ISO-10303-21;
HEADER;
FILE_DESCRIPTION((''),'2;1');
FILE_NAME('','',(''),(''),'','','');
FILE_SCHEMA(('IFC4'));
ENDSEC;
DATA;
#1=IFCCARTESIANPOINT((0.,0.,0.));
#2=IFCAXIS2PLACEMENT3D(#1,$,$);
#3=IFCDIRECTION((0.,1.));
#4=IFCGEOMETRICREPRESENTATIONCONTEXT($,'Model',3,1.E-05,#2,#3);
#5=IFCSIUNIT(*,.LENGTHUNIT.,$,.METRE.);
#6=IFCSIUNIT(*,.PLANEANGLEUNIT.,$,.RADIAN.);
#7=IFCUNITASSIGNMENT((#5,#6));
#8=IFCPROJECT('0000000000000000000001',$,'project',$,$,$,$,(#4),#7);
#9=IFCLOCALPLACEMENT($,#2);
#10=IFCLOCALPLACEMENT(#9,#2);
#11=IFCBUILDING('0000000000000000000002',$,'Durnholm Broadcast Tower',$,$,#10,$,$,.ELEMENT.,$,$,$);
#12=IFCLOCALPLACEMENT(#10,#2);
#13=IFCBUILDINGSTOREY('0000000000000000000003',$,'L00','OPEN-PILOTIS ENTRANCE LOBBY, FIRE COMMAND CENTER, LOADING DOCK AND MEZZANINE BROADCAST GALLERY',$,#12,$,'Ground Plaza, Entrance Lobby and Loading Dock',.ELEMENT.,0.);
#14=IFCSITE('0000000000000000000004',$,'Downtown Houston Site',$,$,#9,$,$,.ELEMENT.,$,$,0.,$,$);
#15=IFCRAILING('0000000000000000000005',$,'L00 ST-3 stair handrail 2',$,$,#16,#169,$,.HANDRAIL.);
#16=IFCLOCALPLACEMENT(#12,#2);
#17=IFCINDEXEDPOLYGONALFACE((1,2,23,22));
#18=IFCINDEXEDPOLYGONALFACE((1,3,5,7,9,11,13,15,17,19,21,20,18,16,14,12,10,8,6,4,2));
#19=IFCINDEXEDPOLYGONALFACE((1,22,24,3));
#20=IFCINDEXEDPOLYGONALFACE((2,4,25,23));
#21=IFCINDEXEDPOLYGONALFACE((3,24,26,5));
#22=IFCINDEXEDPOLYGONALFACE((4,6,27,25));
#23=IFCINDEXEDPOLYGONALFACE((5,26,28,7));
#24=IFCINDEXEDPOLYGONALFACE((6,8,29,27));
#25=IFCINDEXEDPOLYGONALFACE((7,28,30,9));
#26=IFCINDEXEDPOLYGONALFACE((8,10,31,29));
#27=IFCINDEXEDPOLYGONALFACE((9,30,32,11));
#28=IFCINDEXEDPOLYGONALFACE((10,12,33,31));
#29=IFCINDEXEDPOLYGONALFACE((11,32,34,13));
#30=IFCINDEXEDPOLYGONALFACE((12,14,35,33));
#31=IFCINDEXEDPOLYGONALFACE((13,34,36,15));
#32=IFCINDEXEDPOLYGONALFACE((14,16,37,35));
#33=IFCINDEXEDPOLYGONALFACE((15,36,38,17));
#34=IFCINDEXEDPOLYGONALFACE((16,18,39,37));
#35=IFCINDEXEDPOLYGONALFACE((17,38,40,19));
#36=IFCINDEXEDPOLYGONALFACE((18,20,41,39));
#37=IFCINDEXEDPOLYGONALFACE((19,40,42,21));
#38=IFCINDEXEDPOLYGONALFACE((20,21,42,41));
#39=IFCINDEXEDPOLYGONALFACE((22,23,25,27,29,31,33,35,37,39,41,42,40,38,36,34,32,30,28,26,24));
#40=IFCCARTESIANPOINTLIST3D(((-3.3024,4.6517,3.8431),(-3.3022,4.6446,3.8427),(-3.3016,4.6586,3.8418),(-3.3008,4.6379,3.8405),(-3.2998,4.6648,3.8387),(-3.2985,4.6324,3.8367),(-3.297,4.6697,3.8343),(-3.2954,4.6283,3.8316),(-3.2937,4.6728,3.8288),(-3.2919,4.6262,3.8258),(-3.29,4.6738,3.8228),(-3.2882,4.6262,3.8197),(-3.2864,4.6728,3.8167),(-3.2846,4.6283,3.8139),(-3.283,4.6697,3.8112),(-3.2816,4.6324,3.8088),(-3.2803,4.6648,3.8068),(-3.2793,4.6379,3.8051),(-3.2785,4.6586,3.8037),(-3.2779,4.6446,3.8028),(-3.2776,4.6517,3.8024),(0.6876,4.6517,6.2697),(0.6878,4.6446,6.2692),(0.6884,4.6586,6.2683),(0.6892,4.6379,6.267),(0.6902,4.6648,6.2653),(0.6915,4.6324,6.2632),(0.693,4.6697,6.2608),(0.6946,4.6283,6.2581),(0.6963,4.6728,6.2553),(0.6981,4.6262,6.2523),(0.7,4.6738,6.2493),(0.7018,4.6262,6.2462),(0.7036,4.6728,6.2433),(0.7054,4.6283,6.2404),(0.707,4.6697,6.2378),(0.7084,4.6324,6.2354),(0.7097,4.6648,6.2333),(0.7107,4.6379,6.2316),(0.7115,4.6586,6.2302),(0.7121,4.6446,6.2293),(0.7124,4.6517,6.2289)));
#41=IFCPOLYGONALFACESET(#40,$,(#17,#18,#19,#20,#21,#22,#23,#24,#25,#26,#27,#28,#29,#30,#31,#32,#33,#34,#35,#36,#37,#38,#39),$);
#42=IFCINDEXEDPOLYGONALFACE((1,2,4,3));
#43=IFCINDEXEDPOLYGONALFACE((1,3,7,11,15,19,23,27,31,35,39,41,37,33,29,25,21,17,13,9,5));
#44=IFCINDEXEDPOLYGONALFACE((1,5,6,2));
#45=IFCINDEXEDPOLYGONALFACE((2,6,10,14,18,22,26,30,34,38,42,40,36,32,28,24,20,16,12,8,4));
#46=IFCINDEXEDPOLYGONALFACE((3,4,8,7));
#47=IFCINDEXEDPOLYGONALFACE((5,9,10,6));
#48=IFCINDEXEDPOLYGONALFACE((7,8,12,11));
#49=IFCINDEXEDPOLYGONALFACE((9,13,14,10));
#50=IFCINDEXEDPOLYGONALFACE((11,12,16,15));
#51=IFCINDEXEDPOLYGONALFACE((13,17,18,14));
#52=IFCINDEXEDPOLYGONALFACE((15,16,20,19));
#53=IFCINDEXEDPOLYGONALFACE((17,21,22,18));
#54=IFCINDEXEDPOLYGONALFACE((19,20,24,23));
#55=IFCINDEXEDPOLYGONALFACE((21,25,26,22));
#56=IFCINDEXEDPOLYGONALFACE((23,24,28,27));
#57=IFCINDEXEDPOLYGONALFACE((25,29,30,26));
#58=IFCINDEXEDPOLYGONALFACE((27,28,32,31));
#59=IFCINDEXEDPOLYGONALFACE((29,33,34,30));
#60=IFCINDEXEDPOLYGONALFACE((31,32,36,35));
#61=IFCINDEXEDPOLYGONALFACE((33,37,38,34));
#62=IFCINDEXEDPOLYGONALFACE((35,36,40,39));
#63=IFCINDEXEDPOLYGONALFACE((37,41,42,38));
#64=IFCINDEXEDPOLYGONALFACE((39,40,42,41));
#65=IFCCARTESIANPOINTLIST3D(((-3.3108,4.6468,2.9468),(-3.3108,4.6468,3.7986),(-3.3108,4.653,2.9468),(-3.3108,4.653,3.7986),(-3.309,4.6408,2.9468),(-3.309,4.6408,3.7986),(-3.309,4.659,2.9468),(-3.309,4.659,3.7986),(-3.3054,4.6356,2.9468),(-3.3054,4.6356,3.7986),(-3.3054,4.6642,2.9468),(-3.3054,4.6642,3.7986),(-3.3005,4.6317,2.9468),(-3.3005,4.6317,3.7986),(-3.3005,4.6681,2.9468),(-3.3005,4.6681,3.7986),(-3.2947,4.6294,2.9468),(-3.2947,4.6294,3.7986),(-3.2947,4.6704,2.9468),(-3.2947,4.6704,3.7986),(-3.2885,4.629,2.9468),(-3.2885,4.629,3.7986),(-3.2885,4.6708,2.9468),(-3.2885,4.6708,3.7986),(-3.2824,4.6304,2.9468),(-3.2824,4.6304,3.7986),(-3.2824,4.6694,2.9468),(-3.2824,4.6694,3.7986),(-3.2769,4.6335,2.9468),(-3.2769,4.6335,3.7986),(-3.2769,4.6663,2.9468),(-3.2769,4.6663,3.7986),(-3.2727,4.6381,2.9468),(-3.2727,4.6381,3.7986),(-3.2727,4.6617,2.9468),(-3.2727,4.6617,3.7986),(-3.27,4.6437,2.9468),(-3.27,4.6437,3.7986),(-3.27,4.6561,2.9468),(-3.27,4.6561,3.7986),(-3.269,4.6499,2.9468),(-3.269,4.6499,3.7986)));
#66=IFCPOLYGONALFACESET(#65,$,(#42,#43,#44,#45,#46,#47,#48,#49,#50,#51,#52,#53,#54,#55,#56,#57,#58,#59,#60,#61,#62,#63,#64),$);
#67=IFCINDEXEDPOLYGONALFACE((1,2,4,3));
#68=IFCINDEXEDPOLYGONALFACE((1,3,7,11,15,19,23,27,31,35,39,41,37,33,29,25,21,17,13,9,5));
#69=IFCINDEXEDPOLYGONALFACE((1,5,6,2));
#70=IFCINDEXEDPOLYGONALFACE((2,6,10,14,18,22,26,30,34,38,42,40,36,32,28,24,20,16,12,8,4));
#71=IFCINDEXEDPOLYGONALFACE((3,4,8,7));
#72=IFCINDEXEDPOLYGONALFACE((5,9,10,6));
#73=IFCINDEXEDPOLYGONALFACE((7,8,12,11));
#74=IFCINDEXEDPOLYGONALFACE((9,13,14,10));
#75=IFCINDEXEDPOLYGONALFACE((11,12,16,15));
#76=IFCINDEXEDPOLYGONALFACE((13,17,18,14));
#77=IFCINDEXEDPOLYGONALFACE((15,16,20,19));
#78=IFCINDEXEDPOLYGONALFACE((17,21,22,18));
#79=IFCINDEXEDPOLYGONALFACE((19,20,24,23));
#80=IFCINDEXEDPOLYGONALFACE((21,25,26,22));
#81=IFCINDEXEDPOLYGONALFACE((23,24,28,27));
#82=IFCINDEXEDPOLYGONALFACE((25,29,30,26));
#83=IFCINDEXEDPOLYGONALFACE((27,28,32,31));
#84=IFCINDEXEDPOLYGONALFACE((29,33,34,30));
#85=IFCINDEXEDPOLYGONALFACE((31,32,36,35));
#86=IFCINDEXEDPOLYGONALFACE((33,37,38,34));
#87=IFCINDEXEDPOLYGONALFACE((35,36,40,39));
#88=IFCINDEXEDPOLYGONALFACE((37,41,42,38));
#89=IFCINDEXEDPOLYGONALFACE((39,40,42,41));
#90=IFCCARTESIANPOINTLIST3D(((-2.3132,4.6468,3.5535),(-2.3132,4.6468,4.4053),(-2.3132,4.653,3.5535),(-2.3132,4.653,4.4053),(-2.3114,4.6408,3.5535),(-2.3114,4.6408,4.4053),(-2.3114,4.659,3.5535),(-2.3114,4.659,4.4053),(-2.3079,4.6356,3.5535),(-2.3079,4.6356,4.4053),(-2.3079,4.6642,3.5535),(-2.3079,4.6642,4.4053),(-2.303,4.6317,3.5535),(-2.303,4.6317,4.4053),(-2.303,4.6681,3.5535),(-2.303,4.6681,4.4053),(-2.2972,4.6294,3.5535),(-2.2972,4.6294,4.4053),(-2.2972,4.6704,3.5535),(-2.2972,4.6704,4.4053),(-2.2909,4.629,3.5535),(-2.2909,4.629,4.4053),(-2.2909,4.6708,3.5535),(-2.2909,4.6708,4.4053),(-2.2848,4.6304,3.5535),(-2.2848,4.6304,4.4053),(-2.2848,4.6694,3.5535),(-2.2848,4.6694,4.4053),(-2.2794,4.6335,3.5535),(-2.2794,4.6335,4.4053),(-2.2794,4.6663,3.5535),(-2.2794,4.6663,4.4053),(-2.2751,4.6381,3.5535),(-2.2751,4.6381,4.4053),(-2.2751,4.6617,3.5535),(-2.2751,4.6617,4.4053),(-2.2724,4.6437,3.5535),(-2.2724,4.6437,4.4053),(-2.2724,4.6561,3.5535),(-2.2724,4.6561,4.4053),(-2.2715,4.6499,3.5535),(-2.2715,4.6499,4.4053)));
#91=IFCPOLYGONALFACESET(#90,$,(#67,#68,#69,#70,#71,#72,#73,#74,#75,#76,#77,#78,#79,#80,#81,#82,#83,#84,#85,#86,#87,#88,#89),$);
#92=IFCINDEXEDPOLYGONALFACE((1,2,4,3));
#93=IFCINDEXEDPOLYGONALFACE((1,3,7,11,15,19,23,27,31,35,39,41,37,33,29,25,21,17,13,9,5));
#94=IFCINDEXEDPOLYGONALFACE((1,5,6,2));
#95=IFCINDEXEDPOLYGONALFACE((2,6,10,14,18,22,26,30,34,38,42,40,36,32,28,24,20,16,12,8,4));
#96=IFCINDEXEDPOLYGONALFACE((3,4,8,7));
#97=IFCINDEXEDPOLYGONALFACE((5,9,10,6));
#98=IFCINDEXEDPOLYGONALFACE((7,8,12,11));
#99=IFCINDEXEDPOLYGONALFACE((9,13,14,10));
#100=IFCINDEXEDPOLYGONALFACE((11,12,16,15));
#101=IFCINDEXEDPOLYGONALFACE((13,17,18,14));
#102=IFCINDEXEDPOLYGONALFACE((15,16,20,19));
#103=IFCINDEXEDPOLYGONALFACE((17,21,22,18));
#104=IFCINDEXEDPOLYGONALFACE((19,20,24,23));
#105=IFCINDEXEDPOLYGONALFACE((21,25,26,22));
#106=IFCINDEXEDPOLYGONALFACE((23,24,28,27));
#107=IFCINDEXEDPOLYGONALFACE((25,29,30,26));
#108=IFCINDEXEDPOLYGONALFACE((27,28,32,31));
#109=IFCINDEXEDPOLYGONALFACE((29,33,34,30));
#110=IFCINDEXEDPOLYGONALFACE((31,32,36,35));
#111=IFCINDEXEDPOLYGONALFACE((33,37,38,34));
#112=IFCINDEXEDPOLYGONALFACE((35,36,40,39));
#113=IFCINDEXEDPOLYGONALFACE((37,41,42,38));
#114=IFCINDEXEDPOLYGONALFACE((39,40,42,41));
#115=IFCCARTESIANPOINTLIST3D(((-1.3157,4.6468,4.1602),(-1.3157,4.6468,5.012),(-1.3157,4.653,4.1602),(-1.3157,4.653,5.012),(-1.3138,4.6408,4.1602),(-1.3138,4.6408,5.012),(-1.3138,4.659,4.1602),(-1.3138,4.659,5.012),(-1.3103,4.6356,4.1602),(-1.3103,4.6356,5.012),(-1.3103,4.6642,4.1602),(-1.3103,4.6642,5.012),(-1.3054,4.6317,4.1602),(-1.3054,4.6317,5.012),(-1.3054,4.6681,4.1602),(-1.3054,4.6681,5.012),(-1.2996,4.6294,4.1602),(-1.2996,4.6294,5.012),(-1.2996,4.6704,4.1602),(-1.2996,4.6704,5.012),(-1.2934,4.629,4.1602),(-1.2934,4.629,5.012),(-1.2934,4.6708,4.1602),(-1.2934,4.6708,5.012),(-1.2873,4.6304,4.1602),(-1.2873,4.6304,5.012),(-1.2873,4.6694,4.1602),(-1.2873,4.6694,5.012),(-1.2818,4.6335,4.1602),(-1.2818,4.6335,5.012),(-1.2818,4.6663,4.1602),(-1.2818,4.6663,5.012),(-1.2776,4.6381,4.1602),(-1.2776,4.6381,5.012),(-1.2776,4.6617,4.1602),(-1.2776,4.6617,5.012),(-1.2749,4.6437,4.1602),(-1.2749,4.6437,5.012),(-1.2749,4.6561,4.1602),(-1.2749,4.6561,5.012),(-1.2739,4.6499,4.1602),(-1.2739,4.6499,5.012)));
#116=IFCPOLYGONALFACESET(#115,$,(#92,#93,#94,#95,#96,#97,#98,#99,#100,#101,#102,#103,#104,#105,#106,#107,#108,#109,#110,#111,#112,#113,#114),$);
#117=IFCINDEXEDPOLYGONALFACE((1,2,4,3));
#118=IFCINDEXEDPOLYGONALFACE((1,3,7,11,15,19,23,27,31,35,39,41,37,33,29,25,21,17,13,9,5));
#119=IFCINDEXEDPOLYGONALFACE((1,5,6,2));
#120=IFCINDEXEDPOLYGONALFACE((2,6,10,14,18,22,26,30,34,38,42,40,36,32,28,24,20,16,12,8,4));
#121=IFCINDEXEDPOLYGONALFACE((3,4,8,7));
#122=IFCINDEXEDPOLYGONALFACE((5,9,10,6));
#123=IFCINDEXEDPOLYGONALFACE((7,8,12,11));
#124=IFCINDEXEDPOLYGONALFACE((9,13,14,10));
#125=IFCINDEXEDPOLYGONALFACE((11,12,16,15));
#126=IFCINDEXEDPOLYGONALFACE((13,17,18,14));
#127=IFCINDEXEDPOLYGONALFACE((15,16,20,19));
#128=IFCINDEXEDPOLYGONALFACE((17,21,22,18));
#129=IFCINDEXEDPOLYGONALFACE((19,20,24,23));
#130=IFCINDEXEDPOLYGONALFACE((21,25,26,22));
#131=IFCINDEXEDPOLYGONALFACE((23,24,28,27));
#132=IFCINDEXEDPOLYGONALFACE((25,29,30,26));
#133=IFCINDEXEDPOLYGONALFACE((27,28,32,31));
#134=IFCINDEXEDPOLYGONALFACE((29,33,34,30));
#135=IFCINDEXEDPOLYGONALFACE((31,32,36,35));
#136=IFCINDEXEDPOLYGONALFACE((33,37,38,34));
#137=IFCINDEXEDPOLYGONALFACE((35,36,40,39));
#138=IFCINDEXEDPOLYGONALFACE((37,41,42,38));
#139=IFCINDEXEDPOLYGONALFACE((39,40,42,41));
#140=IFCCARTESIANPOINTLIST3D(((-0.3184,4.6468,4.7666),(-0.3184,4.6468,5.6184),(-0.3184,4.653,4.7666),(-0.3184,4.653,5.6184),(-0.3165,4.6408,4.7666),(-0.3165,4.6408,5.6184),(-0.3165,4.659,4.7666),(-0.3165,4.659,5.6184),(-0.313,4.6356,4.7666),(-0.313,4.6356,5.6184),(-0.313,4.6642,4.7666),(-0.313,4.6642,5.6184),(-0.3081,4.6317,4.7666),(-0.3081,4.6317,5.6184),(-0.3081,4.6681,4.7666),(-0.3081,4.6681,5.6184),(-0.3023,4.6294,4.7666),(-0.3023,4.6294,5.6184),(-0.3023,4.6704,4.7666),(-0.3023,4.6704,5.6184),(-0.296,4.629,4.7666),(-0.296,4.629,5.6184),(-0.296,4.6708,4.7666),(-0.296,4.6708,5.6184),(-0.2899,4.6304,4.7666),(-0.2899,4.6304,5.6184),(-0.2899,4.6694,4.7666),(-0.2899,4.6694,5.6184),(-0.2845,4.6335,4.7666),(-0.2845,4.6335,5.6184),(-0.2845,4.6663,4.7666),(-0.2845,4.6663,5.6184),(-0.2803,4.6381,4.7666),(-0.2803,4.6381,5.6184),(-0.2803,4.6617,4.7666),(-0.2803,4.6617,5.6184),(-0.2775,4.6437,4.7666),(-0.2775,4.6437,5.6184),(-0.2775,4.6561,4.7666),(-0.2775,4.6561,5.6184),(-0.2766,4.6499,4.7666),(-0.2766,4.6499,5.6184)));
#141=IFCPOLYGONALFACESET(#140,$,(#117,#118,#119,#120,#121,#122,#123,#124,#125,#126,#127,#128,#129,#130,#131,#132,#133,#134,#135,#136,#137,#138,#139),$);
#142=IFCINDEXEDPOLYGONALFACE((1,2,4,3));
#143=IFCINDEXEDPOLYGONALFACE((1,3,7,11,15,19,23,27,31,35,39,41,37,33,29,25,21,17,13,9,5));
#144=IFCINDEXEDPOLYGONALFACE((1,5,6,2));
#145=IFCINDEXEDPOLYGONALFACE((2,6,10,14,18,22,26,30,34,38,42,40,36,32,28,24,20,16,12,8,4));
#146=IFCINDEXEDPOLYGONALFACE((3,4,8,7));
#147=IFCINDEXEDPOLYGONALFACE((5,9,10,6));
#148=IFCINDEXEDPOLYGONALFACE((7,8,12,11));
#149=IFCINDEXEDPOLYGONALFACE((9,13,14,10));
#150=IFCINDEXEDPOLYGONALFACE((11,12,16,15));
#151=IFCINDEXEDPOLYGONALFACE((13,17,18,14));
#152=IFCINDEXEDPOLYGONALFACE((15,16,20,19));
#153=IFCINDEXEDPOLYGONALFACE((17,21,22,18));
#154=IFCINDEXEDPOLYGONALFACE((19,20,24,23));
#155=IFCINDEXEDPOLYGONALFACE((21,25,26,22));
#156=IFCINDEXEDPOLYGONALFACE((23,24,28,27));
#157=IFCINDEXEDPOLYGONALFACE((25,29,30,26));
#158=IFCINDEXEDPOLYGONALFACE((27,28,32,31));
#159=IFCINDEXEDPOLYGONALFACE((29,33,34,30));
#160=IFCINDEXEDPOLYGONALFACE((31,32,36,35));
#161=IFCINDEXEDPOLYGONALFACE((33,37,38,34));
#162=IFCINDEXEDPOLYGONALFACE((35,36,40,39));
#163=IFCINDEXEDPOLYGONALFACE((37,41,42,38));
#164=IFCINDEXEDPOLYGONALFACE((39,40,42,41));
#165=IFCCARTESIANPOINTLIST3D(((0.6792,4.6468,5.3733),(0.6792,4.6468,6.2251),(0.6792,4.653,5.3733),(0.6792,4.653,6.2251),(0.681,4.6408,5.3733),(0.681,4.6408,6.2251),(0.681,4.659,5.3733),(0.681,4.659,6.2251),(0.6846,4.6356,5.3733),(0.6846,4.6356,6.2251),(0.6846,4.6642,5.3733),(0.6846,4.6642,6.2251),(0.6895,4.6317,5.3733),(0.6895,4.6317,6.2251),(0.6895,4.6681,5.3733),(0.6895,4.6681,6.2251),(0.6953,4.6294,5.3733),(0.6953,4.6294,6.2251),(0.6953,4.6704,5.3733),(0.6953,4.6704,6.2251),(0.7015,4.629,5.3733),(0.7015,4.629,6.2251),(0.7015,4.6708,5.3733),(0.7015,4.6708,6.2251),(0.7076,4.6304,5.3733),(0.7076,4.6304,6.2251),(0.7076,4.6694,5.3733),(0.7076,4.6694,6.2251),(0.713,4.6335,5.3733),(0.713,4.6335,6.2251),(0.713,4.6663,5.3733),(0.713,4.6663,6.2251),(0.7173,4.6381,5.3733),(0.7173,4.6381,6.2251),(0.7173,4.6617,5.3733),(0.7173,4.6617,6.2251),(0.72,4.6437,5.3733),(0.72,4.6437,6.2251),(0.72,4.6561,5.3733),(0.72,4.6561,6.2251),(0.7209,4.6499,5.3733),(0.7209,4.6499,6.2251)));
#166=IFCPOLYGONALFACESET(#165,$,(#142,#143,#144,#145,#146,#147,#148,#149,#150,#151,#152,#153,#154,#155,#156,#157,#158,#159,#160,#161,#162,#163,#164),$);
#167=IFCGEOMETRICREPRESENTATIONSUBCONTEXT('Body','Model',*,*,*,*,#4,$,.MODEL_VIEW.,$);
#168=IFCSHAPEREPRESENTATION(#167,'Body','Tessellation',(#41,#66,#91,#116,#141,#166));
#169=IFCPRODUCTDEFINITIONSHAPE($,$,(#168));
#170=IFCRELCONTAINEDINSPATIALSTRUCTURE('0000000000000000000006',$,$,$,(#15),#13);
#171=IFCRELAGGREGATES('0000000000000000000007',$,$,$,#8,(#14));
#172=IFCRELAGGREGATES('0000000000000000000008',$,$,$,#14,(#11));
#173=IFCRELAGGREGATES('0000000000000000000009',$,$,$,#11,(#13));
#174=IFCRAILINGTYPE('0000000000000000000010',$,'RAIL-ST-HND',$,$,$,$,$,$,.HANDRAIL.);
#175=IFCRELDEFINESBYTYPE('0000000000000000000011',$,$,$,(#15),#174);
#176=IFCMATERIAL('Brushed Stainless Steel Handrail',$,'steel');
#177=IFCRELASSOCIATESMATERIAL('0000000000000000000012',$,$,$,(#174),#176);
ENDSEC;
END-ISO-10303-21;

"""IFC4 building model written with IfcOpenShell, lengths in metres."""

from ifc_helpers import new_model, si_unit, direction, frame, origin, origin_2d, place, context, subcontext, project, spatial, circle, extrude, material, type_object, element, save


model = new_model("IFC4")

# Units and contexts
model_context = context("Model", 3, precision=1e-05, world=origin(), true_north=direction((0.0, 1.0)))
body_context = subcontext(model_context, "Body", "Model", "MODEL_VIEW")
ifc_project = project(units=[si_unit("LENGTHUNIT", "METRE"), si_unit("PLANEANGLEUNIT", "RADIAN")], contexts=[model_context])

# Site, building, storey
site_placement = place(None, origin())
site = spatial("IfcSite", under=ifc_project, at=site_placement, Name="Downtown Houston Site", CompositionType="ELEMENT", RefElevation=0.0)
building_placement = place(site_placement, origin())
building = spatial("IfcBuilding", under=site, at=building_placement, Name="Durnholm Broadcast Tower", CompositionType="ELEMENT")
storey_placement = place(building_placement, origin())
storey = spatial("IfcBuildingStorey", under=building, at=storey_placement, Name="L00", Description="OPEN-PILOTIS ENTRANCE LOBBY, FIRE COMMAND CENTER, LOADING DOCK AND MEZZANINE BROADCAST GALLERY", LongName="Ground Plaza, Entrance Lobby and Loading Dock", CompositionType="ELEMENT", Elevation=0.0)

# Railing
ifc_material_1 = material(Name="Brushed Stainless Steel Handrail", Category="steel")
railing_type_1 = type_object("IfcRailingType", Name="RAIL-ST-HND", PredefinedType="HANDRAIL", material=ifc_material_1)
railing_1_placement = place(storey_placement, frame((-3.29, 4.6499, 2.9468)))
element("IfcRailing", 1, at=railing_1_placement, inside=storey, type_object=railing_type_1, Name="L00 ST-3 stair handrail 2", PredefinedType="HANDRAIL", context=body_context, shape_type="SweptSolid", body=[
    extrude(circle(Radius=0.0239, at=origin_2d()), frame((0.0, 0.0, 0.876), z_axis=(0.854405, 0.0, 0.519607), x_axis=(0.0, 1.0, 0.0)), (0.0, 0.0, 1.0), 4.6699),
    extrude(circle(Radius=0.021, at=origin_2d()), origin(), (0.0, 0.0, 1.0), 0.8518),
    extrude(circle(Radius=0.021, at=origin_2d()), frame((0.9976, 0.0, 0.6067)), (0.0, 0.0, 1.0), 0.8518),
    extrude(circle(Radius=0.021, at=origin_2d()), frame((1.9951, 0.0, 1.2134)), (0.0, 0.0, 1.0), 0.8518),
    extrude(circle(Radius=0.021, at=origin_2d()), frame((2.9924, 0.0, 1.8198)), (0.0, 0.0, 1.0), 0.8518),
    extrude(circle(Radius=0.021, at=origin_2d()), frame((3.99, 0.0, 2.4265)), (0.0, 0.0, 1.0), 0.8518),
])

save(model, "model.ifc")
